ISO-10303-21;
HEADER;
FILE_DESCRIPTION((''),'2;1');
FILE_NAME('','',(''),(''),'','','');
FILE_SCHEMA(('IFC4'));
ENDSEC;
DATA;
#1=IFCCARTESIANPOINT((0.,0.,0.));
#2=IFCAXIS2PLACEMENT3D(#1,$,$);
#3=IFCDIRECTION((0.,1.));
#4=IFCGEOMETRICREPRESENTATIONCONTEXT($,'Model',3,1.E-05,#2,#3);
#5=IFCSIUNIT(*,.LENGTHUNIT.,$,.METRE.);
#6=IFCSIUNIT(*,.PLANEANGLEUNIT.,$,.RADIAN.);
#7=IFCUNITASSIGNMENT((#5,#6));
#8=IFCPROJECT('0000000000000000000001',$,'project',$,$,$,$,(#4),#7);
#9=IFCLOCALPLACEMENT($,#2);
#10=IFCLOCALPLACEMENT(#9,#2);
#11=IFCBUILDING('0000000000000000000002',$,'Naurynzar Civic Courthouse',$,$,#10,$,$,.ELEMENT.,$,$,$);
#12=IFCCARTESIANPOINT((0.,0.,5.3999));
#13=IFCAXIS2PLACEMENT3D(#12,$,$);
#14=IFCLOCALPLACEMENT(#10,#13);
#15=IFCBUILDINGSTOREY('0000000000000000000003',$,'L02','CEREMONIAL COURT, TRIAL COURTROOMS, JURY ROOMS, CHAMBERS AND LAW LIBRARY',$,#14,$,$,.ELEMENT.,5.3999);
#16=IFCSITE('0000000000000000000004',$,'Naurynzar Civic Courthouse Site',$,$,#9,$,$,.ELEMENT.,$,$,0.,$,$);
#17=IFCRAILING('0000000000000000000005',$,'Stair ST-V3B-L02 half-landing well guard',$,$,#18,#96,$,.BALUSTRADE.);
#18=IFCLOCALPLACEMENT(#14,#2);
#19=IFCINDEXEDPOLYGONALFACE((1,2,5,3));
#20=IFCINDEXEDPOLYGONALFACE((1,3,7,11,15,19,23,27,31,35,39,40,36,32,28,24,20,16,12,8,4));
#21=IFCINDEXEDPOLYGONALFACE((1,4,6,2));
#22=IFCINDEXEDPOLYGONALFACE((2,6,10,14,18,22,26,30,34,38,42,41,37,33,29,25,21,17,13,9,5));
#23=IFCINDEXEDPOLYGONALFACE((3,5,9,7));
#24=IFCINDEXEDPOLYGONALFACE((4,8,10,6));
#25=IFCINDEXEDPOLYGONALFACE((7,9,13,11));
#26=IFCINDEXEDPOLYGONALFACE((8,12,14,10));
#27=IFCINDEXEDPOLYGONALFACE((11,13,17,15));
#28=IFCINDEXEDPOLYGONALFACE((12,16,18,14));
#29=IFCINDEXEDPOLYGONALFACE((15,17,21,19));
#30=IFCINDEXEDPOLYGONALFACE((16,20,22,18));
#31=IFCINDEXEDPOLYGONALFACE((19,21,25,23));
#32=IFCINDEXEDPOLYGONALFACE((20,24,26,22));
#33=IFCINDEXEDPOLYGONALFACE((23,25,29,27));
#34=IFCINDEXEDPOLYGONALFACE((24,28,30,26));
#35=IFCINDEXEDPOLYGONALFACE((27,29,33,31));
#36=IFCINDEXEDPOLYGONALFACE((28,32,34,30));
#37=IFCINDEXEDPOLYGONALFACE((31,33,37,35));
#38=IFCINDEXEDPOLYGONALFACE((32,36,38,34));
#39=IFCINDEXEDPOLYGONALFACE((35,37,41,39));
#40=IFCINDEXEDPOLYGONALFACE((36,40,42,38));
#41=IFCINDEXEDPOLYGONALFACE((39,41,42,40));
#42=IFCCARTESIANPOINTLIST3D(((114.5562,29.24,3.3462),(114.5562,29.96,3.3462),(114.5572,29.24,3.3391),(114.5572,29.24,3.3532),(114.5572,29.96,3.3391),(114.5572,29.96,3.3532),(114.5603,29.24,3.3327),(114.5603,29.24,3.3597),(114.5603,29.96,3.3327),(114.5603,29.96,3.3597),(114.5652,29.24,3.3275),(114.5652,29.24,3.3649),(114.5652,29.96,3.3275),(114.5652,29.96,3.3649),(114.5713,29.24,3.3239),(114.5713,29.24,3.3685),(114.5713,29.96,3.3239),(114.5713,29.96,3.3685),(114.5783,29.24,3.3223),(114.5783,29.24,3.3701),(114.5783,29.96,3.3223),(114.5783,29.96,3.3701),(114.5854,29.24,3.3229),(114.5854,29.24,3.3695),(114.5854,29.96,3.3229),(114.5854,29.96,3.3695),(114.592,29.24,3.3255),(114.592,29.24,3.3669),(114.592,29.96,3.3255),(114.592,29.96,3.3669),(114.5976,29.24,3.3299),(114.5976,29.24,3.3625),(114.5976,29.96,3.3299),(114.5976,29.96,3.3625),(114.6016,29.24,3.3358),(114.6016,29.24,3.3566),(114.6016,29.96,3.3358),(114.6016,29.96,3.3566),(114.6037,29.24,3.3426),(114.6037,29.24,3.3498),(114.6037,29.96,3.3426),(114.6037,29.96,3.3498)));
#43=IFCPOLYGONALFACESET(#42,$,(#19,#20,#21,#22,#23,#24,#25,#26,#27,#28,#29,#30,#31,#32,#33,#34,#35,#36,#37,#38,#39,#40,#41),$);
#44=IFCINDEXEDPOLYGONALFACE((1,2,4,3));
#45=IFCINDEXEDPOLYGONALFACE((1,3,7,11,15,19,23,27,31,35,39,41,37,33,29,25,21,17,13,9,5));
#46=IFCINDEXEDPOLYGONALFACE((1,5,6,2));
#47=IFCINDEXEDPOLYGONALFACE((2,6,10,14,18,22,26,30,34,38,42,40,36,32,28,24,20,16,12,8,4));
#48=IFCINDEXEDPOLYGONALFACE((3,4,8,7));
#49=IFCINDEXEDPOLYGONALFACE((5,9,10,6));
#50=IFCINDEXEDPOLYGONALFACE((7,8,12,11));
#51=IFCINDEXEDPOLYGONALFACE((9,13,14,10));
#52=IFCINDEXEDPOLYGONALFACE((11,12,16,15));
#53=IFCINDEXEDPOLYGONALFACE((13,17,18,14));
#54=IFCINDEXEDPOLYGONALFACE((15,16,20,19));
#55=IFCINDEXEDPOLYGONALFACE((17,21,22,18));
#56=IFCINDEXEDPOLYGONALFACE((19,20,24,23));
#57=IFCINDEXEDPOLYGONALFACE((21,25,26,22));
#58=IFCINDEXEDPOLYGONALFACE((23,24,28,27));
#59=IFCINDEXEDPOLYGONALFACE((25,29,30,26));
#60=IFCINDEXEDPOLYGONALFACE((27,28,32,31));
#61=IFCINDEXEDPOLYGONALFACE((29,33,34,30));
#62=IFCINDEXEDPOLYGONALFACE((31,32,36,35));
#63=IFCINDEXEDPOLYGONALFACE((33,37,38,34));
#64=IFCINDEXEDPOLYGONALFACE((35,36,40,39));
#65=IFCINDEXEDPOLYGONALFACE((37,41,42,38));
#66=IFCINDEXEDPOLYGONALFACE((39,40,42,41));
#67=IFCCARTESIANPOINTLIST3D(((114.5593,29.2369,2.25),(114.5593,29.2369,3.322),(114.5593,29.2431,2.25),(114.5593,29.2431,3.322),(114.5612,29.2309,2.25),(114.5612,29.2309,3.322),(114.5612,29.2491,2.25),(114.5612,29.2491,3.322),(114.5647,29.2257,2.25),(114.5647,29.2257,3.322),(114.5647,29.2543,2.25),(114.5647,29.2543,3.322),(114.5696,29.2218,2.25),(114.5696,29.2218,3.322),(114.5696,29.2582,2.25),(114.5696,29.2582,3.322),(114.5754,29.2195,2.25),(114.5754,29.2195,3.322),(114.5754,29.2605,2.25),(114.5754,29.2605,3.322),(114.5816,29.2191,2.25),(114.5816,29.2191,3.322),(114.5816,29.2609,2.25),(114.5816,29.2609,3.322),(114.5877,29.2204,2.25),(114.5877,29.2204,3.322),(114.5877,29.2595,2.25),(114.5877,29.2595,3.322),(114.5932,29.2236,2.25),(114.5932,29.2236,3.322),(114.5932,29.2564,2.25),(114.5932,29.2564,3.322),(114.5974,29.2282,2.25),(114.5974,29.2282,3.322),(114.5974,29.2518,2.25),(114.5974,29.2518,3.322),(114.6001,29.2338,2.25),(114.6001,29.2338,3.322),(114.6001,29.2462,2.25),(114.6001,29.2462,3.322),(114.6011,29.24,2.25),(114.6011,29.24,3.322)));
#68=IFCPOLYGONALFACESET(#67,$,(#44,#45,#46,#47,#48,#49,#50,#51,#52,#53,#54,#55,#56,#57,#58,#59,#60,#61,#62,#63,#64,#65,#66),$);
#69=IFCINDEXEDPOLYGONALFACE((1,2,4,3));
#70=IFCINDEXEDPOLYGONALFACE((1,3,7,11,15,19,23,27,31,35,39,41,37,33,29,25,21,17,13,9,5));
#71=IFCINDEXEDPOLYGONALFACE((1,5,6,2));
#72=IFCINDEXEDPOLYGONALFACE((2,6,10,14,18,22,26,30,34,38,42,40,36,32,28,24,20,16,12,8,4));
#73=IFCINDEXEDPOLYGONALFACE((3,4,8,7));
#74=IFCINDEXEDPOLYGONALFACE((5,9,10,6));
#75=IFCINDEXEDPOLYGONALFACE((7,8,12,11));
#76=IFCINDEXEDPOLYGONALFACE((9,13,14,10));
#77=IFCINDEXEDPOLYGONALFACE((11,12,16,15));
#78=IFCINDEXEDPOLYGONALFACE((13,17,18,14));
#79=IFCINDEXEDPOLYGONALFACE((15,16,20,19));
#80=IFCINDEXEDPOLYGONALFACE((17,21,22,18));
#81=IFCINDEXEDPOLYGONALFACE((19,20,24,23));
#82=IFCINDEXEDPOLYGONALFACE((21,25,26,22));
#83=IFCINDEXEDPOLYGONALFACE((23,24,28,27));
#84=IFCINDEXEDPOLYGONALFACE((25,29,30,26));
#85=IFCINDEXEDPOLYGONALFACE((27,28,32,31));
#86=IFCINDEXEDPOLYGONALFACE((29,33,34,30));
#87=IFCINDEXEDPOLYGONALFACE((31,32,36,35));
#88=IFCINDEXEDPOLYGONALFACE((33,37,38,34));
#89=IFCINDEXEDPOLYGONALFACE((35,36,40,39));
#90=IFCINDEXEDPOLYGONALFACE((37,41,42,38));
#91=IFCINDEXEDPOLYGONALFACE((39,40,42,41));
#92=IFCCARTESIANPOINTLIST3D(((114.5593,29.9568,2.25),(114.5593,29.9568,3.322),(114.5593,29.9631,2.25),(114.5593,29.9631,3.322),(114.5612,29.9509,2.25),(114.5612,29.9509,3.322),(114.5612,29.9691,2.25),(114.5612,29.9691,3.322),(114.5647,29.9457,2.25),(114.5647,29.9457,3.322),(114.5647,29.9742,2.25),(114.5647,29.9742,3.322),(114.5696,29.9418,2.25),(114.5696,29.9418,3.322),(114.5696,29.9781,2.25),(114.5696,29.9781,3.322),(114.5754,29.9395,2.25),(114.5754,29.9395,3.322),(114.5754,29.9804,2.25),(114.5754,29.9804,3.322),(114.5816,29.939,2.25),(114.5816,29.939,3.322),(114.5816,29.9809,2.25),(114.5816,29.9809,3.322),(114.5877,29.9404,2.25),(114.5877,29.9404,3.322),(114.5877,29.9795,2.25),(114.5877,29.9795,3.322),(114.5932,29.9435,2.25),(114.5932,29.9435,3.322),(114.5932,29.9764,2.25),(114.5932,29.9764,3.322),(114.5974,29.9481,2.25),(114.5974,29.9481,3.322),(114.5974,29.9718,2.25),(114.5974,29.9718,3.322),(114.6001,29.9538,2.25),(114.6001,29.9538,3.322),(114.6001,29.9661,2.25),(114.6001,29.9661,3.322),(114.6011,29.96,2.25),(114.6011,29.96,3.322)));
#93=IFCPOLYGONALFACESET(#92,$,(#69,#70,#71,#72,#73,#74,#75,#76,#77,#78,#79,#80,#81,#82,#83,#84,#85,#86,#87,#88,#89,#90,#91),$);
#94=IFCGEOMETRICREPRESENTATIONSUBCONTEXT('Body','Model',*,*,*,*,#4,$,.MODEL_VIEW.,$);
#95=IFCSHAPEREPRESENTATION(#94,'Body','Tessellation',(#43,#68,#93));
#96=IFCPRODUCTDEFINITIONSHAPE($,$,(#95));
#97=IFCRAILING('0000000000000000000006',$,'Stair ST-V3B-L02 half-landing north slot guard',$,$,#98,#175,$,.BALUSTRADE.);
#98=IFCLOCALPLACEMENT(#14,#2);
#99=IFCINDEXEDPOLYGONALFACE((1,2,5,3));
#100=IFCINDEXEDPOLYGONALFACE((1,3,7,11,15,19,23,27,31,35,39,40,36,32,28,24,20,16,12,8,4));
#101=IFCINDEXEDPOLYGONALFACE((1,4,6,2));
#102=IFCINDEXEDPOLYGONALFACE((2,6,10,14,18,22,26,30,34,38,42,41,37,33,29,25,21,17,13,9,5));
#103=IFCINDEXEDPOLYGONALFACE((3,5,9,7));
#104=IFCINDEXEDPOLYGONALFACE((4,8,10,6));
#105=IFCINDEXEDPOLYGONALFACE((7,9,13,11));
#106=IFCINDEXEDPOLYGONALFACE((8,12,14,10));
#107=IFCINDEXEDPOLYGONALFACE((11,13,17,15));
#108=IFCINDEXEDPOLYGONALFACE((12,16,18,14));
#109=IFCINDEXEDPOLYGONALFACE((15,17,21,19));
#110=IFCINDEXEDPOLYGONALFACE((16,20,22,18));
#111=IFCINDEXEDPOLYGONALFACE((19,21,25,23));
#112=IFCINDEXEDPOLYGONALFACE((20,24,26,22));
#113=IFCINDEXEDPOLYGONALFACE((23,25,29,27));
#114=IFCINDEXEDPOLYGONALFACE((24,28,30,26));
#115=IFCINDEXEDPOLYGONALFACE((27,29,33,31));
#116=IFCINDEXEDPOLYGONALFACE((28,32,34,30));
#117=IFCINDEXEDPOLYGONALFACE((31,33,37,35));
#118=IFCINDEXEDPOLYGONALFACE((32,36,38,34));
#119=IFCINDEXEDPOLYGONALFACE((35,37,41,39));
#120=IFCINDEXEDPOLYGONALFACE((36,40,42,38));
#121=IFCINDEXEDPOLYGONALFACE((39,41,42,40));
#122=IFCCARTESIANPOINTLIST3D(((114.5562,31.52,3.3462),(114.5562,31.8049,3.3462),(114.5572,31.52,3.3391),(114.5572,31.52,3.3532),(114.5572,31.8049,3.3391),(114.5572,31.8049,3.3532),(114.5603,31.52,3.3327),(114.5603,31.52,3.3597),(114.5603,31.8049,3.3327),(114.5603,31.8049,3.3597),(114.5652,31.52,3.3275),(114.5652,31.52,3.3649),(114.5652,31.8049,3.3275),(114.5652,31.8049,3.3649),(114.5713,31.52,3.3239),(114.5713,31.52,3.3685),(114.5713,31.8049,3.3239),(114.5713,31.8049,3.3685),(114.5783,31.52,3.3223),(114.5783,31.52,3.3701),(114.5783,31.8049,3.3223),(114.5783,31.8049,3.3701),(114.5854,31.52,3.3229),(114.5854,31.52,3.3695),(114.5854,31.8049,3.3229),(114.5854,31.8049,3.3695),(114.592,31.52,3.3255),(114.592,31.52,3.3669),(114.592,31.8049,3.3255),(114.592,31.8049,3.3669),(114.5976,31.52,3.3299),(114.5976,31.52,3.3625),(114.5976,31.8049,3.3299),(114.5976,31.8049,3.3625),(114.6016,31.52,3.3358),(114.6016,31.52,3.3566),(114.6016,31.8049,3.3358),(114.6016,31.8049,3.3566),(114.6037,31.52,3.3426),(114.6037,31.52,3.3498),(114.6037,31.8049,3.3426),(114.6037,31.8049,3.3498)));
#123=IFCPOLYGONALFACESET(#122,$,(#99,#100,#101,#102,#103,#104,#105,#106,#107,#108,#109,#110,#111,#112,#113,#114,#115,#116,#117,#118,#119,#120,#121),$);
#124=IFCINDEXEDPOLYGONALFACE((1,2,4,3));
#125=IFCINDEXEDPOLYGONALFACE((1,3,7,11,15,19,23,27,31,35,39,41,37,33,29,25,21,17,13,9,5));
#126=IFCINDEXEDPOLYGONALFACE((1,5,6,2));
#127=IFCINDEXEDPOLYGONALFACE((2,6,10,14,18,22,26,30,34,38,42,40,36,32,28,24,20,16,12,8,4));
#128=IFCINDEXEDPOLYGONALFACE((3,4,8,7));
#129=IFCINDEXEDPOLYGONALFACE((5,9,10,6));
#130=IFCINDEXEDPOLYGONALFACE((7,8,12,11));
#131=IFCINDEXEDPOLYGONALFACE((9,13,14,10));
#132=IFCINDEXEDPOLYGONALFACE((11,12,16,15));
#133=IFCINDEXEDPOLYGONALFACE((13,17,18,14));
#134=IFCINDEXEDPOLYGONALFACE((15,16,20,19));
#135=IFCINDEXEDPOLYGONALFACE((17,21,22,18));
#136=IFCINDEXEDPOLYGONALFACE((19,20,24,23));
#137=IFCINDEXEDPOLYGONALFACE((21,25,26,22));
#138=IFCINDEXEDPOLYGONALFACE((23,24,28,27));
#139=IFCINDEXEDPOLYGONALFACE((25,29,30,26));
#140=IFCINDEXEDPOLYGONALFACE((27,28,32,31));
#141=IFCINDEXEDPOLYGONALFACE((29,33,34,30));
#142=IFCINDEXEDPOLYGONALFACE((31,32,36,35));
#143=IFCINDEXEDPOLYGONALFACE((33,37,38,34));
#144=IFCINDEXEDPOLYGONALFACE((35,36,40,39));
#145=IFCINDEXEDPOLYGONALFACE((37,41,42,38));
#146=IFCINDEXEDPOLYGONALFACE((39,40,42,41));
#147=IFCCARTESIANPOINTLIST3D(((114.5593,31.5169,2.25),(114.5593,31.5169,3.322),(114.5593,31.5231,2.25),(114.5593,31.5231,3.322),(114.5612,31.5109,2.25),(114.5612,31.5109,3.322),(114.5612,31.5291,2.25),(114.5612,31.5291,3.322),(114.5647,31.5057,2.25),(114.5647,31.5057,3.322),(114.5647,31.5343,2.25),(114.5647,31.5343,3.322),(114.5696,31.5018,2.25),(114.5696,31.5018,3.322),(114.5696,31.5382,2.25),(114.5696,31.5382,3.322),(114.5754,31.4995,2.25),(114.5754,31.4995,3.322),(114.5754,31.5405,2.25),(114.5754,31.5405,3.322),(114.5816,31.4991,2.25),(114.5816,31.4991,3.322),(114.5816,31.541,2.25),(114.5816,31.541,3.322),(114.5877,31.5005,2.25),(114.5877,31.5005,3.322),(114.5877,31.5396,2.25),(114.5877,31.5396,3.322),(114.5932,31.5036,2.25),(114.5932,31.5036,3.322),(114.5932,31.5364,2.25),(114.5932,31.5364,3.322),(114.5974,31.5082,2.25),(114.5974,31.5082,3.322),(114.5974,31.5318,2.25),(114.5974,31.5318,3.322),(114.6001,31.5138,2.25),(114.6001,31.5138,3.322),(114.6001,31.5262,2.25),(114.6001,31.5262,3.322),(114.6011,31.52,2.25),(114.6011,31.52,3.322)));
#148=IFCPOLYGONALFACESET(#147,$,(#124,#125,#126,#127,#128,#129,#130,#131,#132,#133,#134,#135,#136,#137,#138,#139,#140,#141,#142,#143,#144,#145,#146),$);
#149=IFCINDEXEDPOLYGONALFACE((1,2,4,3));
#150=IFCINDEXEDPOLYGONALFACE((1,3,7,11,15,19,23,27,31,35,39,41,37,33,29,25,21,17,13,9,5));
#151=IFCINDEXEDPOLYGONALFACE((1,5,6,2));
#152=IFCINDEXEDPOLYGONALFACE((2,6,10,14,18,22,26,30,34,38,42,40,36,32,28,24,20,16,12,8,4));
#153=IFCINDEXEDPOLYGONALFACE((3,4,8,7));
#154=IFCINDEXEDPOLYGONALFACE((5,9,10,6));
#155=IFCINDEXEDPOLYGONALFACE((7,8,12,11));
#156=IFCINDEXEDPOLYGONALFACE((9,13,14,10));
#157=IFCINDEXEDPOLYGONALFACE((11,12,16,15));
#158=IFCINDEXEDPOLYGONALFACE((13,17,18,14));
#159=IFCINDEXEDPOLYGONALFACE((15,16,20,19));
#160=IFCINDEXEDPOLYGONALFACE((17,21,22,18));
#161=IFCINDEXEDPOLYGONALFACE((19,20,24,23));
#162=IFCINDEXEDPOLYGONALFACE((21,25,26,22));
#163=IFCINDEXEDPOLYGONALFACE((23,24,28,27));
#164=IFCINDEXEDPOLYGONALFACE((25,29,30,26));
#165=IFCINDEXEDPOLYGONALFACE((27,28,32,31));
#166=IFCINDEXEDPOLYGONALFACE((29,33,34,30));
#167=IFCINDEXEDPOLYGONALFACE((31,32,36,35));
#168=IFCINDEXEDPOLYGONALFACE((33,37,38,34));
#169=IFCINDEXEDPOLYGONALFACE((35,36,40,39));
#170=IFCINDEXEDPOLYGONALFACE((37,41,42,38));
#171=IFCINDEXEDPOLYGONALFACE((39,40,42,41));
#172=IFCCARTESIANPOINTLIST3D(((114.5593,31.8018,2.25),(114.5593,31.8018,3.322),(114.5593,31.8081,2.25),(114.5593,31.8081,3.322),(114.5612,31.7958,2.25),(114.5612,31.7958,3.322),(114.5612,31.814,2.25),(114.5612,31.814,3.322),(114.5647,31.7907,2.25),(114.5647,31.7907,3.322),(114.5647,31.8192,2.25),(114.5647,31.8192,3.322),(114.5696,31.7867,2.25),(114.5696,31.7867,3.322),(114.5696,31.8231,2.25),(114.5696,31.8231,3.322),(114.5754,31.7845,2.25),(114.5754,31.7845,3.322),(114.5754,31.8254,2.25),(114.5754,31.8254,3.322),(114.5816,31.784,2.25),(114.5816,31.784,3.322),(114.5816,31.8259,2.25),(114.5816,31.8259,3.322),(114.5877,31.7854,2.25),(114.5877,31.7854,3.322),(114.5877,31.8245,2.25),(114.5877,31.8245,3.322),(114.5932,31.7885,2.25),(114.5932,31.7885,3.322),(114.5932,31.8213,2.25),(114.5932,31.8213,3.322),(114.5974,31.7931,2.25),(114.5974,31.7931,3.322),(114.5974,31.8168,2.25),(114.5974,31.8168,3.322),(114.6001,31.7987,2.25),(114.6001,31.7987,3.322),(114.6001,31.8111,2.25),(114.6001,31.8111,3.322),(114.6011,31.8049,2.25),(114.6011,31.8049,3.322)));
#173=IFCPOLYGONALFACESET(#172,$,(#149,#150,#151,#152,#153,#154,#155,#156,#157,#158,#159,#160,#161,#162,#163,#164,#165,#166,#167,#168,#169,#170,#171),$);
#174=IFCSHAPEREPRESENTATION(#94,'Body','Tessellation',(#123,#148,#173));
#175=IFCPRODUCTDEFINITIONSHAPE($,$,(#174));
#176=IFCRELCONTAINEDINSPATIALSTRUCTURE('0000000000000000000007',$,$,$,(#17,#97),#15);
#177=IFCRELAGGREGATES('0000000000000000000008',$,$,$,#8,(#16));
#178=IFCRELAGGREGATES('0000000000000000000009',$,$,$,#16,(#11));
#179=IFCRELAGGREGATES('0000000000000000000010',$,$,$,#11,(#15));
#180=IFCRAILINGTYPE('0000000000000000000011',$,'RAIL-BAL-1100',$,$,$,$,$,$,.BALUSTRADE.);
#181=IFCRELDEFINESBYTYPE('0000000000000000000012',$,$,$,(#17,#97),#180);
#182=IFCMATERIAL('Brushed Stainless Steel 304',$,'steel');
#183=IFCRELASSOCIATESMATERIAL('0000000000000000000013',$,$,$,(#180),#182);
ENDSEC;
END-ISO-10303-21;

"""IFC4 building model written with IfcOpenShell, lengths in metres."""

from ifc_helpers import new_model, si_unit, direction, frame, origin, origin_2d, place, context, subcontext, project, spatial, circle, extrude, material, type_object, element, save


model = new_model("IFC4")

# Units and contexts
model_context = context("Model", 3, precision=1e-05, world=origin(), true_north=direction((0.0, 1.0)))
body_context = subcontext(model_context, "Body", "Model", "MODEL_VIEW")
ifc_project = project(units=[si_unit("LENGTHUNIT", "METRE"), si_unit("PLANEANGLEUNIT", "RADIAN")], contexts=[model_context])

# Site, building, storey
site_placement = place(None, origin())
site = spatial("IfcSite", under=ifc_project, at=site_placement, Name="Naurynzar Civic Courthouse Site", CompositionType="ELEMENT", RefElevation=0.0)
building_placement = place(site_placement, origin())
building = spatial("IfcBuilding", under=site, at=building_placement, Name="Naurynzar Civic Courthouse", CompositionType="ELEMENT")
storey_placement = place(building_placement, frame((0.0, 0.0, 5.3999)))
storey = spatial("IfcBuildingStorey", under=building, at=storey_placement, Name="L02", Description="CEREMONIAL COURT, TRIAL COURTROOMS, JURY ROOMS, CHAMBERS AND LAW LIBRARY", CompositionType="ELEMENT", Elevation=5.3999)

# Railings
ifc_material_1 = material(Name="Brushed Stainless Steel 304", Category="steel")
railing_type_1 = type_object("IfcRailingType", Name="RAIL-BAL-1100", PredefinedType="BALUSTRADE", material=ifc_material_1)
for number, where, name in (
    (1, (114.5801, 29.24, 2.25), "Stair ST-V3B-L02 half-landing well guard"),
):
    element("IfcRailing", number, at=place(storey_placement, frame(where)), inside=storey, type_object=railing_type_1, Name=name, PredefinedType="BALUSTRADE", context=body_context, shape_type="SweptSolid", body=[
        extrude(circle(Radius=0.0239, at=origin_2d()), frame((0.0, 0.0, 1.0962), z_axis=(0.0, 1.0, 0.0), x_axis=(-1.0, 0.0, 0.0)), (0.0, 0.0, 1.0), 0.72),
        extrude(circle(Radius=0.021, at=origin_2d()), origin(), (0.0, 0.0, 1.0), 1.072),
        extrude(circle(Radius=0.021, at=origin_2d()), frame((0.0, 0.72, 0.0)), (0.0, 0.0, 1.0), 1.072),
    ])
railing_1_placement = place(storey_placement, frame((114.5801, 31.52, 2.25)))
element("IfcRailing", 2, at=railing_1_placement, inside=storey, type_object=railing_type_1, Name="Stair ST-V3B-L02 half-landing north slot guard", PredefinedType="BALUSTRADE", context=body_context, shape_type="SweptSolid", body=[
    extrude(circle(Radius=0.0239, at=origin_2d()), frame((0.0, 0.0, 1.0962), z_axis=(0.0, 1.0, 0.0), x_axis=(-1.0, 0.0, 0.0)), (0.0, 0.0, 1.0), 0.2849),
    extrude(circle(Radius=0.021, at=origin_2d()), origin(), (0.0, 0.0, 1.0), 1.072),
    extrude(circle(Radius=0.021, at=origin_2d()), frame((0.0, 0.2849, 0.0)), (0.0, 0.0, 1.0), 1.072),
])

save(model, "model.ifc")
